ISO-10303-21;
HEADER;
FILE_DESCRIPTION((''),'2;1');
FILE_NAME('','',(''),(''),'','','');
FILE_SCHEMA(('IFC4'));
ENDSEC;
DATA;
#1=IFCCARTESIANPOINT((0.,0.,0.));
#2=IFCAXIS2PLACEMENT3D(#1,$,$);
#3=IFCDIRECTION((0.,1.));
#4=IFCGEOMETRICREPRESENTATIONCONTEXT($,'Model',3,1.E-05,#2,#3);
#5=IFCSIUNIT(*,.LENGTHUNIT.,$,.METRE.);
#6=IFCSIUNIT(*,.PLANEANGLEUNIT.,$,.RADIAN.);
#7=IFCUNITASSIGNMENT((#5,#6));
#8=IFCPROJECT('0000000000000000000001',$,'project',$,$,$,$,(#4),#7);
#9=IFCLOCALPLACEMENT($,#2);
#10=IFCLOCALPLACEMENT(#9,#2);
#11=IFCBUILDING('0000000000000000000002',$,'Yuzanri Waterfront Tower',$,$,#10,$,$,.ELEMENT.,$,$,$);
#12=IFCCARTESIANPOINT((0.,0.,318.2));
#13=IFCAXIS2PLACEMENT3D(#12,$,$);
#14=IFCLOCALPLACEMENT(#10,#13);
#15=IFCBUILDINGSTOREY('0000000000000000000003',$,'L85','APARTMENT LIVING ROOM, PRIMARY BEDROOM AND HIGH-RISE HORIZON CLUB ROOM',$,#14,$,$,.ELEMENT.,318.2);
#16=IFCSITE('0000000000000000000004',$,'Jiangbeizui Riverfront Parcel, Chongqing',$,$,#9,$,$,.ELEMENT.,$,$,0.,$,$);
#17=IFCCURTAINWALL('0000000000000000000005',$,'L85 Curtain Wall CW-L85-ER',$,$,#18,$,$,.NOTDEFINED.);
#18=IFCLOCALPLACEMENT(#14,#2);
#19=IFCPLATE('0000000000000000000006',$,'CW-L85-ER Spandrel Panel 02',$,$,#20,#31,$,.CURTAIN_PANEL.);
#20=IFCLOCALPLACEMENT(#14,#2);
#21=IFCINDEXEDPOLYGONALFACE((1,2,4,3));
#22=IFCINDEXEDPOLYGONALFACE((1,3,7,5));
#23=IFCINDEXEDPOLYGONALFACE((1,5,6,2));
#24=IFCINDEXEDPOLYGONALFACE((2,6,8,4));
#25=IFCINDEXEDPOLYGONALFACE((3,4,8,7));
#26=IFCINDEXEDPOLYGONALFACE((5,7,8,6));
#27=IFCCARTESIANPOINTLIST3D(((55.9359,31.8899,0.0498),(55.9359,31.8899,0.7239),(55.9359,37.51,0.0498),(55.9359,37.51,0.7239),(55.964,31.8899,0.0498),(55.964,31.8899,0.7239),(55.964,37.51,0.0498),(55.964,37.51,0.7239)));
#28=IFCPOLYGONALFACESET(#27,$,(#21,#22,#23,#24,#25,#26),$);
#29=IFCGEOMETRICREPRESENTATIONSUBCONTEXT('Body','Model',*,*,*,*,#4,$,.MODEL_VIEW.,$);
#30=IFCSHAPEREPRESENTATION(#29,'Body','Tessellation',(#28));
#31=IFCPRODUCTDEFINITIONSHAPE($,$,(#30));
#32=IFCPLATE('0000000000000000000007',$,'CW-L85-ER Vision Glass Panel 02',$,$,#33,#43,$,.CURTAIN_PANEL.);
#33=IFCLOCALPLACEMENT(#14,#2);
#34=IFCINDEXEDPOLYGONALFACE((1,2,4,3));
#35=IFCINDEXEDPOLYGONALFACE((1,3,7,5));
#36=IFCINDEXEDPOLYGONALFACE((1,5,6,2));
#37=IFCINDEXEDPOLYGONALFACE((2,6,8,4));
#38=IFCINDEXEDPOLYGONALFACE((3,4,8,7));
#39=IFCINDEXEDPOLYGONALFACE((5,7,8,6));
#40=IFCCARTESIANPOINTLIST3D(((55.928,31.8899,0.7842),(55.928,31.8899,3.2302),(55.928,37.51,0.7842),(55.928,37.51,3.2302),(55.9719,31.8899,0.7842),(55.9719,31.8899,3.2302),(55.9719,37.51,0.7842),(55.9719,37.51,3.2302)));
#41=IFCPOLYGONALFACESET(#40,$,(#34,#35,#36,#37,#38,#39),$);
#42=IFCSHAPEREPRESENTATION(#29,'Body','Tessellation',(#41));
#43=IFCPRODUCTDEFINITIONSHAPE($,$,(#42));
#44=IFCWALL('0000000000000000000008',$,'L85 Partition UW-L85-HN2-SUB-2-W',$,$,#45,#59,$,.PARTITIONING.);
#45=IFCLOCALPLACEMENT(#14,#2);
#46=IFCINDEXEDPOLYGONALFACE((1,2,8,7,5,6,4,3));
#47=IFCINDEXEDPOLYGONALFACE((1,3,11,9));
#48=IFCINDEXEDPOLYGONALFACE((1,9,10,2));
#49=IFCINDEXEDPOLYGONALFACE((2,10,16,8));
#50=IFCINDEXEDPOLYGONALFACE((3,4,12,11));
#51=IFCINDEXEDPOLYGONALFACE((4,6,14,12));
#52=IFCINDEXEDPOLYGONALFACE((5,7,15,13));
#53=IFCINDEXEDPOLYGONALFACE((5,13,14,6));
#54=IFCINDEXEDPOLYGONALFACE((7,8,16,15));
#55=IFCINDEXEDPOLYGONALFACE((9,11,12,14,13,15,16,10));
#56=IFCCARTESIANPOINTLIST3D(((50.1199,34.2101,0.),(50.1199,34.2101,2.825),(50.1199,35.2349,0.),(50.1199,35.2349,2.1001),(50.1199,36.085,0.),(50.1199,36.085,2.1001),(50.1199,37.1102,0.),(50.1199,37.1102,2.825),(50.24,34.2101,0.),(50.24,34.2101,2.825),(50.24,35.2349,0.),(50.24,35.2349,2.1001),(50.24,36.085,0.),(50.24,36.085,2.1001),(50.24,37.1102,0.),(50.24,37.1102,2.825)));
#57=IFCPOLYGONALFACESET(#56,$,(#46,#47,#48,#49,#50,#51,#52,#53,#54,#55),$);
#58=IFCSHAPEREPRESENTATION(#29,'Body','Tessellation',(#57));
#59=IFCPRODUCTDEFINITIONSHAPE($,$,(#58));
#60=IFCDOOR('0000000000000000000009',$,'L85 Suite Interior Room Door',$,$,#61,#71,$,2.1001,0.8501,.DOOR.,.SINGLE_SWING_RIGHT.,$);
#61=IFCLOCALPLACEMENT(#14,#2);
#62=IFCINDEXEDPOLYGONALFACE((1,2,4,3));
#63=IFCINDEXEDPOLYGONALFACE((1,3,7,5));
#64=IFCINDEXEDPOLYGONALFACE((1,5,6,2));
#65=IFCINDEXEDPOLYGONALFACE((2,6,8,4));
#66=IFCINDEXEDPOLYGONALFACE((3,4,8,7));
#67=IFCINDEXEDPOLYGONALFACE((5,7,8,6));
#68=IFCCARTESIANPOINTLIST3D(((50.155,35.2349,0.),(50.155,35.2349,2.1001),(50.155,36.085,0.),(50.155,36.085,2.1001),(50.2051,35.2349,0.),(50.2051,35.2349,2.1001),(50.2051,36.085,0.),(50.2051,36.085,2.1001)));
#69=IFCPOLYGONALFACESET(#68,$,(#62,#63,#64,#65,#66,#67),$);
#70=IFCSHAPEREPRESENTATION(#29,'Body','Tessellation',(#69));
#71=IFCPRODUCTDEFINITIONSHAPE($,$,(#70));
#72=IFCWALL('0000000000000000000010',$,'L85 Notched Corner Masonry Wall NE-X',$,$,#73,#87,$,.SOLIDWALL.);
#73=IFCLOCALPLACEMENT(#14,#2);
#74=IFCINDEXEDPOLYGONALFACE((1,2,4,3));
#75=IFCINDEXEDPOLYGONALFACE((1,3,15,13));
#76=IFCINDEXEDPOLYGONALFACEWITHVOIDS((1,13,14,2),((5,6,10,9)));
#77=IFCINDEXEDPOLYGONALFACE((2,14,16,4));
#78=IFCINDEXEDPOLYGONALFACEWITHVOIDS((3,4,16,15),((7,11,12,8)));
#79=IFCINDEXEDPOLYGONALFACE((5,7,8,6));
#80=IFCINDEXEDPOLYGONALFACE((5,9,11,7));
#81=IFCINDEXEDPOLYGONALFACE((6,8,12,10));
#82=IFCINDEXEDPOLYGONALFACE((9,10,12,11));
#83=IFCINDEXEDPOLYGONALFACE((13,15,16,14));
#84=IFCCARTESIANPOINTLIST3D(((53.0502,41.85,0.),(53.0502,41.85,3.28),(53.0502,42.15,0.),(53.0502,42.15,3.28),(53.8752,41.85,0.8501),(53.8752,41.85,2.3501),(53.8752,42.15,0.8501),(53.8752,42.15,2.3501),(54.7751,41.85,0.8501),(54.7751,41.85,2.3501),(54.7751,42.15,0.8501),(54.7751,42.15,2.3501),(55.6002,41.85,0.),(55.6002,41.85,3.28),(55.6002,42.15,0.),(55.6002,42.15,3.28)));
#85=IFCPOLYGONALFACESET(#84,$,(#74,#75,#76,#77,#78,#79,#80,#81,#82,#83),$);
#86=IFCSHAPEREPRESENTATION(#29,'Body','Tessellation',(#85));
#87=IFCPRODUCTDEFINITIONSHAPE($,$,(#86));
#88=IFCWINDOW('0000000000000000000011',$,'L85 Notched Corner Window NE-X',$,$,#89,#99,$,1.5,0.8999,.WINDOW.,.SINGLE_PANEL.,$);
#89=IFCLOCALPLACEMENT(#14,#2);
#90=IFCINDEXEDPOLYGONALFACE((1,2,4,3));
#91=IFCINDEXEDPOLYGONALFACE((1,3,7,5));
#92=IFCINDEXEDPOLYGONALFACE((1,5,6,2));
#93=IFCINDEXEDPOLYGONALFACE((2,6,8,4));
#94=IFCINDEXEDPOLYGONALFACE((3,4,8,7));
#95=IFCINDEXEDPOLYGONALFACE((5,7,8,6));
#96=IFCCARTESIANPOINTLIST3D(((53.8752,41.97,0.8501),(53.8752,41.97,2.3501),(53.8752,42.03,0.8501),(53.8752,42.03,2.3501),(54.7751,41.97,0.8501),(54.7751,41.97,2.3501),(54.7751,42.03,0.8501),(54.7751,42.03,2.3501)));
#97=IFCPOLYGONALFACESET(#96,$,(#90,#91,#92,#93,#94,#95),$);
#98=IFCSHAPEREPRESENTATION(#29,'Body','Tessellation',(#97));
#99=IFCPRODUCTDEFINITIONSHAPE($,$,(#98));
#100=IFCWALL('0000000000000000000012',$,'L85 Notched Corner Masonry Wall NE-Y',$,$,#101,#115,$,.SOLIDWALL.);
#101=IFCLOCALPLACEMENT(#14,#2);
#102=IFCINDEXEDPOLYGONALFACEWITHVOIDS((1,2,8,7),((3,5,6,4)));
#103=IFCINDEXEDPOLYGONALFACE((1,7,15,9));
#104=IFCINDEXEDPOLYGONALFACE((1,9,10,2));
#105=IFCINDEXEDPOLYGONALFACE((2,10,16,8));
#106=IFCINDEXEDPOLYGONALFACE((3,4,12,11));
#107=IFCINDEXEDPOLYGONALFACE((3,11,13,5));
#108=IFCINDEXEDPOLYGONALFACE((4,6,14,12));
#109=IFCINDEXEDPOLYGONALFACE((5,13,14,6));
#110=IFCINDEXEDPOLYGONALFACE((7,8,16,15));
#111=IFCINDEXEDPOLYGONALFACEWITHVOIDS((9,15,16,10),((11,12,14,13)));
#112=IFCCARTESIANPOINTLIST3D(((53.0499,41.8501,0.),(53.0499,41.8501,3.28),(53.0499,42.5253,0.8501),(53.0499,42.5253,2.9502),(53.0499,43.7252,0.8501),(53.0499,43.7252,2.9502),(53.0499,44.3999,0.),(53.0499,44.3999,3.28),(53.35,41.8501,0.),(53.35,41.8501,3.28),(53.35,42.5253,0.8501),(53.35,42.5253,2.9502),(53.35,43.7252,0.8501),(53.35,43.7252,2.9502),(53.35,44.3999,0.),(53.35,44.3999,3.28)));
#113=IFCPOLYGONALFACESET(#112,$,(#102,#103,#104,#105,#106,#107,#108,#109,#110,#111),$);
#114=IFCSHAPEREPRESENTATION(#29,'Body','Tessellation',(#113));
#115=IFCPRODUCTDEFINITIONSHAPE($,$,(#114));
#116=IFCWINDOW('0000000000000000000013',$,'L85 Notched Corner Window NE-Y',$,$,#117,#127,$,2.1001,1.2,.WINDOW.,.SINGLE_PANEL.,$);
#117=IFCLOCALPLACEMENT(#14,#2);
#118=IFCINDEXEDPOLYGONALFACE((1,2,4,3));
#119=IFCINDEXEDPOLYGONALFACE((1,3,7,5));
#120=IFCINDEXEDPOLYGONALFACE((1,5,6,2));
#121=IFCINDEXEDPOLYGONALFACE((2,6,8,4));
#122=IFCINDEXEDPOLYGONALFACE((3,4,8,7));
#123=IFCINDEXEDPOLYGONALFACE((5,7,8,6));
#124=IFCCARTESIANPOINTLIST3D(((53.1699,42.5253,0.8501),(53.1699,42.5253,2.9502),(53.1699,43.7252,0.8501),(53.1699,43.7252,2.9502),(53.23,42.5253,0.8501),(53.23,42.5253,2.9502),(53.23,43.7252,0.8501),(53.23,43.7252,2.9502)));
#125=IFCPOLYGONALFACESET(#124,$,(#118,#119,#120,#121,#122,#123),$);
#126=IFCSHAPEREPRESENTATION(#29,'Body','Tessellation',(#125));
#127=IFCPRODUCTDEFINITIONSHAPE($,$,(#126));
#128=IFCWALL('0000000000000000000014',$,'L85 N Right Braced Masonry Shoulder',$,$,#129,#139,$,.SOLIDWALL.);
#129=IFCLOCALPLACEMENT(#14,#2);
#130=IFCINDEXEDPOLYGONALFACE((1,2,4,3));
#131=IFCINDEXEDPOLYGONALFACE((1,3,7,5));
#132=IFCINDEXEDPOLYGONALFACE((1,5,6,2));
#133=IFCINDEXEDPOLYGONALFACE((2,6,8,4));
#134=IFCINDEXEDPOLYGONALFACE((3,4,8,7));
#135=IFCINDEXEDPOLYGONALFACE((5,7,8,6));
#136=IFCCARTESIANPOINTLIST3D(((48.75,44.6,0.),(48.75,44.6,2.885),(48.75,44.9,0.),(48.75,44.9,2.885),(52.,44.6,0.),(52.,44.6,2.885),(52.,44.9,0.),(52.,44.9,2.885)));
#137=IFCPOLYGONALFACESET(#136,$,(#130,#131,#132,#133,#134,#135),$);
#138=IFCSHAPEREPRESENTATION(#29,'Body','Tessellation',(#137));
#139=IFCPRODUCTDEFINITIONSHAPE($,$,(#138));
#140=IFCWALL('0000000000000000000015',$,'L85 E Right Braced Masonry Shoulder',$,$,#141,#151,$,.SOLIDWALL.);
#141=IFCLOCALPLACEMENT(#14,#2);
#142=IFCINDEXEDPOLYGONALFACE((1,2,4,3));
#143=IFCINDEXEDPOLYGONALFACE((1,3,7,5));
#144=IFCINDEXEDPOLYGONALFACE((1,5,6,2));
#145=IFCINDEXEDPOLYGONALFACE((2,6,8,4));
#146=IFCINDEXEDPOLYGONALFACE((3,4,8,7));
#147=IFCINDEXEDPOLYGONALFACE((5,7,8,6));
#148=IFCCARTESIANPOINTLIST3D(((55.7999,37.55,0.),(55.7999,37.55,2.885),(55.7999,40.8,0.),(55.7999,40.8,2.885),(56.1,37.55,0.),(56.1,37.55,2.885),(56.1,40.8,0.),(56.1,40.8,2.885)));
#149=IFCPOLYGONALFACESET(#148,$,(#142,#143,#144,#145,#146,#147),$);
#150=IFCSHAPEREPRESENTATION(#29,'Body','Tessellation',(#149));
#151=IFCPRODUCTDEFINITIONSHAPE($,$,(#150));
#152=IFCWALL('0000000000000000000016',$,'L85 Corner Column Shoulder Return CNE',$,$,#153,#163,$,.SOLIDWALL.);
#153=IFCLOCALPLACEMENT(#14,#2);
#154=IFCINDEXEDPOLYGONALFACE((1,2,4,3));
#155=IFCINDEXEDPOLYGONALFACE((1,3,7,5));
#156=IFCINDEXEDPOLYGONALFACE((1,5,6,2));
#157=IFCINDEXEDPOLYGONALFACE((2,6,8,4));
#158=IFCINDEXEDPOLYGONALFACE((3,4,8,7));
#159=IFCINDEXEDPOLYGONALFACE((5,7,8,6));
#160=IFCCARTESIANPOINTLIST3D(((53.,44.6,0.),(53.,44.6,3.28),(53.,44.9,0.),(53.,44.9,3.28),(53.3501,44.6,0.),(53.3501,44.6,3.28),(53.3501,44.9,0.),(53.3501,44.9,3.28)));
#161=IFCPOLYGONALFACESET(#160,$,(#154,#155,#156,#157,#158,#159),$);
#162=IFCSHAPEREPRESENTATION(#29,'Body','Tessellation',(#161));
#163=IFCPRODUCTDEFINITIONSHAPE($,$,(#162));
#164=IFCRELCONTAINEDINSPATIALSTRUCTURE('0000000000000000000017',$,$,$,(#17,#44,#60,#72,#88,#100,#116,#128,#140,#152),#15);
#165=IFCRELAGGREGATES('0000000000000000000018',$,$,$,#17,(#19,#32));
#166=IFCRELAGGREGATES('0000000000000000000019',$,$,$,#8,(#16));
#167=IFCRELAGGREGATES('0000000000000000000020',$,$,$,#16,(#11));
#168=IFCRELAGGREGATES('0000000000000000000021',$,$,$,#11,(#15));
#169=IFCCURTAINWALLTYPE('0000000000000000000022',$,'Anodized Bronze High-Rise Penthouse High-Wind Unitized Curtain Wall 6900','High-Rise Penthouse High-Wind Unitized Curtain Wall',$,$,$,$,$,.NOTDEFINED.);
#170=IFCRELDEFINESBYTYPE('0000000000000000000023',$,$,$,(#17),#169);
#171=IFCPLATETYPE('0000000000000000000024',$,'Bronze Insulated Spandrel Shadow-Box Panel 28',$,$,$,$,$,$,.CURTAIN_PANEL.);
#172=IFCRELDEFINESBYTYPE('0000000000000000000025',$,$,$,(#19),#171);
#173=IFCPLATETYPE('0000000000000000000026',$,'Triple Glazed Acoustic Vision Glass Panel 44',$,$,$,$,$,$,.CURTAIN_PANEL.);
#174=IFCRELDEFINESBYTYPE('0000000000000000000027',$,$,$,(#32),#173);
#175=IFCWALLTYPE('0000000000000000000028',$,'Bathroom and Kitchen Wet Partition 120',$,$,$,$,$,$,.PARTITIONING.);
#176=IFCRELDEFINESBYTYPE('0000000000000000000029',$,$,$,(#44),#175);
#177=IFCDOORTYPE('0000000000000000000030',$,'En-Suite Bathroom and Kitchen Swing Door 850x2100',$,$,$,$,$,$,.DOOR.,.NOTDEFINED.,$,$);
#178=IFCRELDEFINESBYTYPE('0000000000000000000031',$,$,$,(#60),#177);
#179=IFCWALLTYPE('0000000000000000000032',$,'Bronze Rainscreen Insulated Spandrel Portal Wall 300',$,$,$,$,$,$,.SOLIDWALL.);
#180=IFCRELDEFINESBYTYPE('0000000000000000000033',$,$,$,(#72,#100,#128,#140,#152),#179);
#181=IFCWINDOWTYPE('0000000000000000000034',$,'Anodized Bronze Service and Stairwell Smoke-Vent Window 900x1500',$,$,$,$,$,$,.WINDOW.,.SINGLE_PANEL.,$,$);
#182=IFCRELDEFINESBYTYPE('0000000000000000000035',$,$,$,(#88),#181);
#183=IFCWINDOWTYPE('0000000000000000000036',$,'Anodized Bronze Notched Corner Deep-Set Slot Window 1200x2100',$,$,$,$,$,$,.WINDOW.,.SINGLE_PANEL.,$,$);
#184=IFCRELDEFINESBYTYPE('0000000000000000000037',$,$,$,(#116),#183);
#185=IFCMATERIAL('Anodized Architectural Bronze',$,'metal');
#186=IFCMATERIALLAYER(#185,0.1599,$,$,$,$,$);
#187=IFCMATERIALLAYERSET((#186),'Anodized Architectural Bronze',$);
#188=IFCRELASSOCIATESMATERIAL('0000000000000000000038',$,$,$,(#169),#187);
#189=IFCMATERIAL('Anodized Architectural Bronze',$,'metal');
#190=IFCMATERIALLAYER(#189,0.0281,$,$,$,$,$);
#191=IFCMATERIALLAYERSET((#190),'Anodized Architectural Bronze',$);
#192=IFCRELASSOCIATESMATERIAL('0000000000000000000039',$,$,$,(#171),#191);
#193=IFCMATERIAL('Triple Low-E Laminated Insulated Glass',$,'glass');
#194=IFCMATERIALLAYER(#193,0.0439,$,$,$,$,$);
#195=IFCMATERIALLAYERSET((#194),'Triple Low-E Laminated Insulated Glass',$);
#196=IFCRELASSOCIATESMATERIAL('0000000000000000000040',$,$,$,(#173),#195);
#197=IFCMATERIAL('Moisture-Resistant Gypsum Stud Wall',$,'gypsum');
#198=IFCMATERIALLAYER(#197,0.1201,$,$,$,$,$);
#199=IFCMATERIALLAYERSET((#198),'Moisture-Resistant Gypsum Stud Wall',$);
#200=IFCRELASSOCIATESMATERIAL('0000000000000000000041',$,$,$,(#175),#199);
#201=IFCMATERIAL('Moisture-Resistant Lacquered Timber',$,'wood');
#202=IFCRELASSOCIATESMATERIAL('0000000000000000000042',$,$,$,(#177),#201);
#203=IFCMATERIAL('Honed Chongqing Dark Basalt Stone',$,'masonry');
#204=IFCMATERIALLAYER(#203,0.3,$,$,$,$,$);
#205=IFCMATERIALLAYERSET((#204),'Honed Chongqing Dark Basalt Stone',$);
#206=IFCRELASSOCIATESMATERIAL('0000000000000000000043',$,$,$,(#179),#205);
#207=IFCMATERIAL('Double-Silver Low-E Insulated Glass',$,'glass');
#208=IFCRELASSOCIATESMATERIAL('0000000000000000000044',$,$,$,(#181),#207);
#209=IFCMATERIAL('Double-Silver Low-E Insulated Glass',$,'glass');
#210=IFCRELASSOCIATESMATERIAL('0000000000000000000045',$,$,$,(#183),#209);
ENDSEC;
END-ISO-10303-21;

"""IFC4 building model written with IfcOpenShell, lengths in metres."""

from ifc_helpers import new_model, si_unit, direction, frame, frame_2d, origin, origin_2d, place, context, subcontext, project, spatial, rectangle, extrude, source, transform, mapped, material, layer, layer_set, type_object, element, fill, aggregate, save


model = new_model("IFC4")

# Units and contexts
model_context = context("Model", 3, precision=1e-05, world=origin(), true_north=direction((0.0, 1.0)))
body_context = subcontext(model_context, "Body", "Model", "MODEL_VIEW")
ifc_project = project(units=[si_unit("LENGTHUNIT", "METRE"), si_unit("PLANEANGLEUNIT", "RADIAN")], contexts=[model_context])

# Site, building, storey
site_placement = place(None, origin())
site = spatial("IfcSite", under=ifc_project, at=site_placement, Name="Jiangbeizui Riverfront Parcel, Chongqing", CompositionType="ELEMENT", RefElevation=0.0)
building_placement = place(site_placement, origin())
building = spatial("IfcBuilding", under=site, at=building_placement, Name="Yuzanri Waterfront Tower", CompositionType="ELEMENT")
storey_placement = place(building_placement, frame((0.0, 0.0, 318.2)))
storey = spatial("IfcBuildingStorey", under=building, at=storey_placement, Name="L85", Description="APARTMENT LIVING ROOM, PRIMARY BEDROOM AND HIGH-RISE HORIZON CLUB ROOM", CompositionType="ELEMENT", Elevation=318.2)

# Curtain wall
ifc_material_1 = material(Name="Anodized Architectural Bronze", Category="metal")
ifc_layer_1 = layer(ifc_material_1, 0.1599)
ifc_layer_set_1 = layer_set([ifc_layer_1], Name="Anodized Architectural Bronze")
curtain_wall_type = type_object("IfcCurtainWallType", Name="Anodized Bronze High-Rise Penthouse High-Wind Unitized Curtain Wall 6900", Description="High-Rise Penthouse High-Wind Unitized Curtain Wall", PredefinedType="NOTDEFINED", material=ifc_layer_set_1)
curtain_wall_1_placement = place(storey_placement, origin())
curtain_wall_1 = element("IfcCurtainWall", 1, at=curtain_wall_1_placement, inside=storey, type_object=curtain_wall_type, Name="L85 Curtain Wall CW-L85-ER", PredefinedType="NOTDEFINED")

# Plates
ifc_material_2 = material(Name="Anodized Architectural Bronze", Category="metal")
ifc_layer_2 = layer(ifc_material_2, 0.0281)
ifc_layer_set_2 = layer_set([ifc_layer_2], Name="Anodized Architectural Bronze")
plate_type_1 = type_object("IfcPlateType", Name="Bronze Insulated Spandrel Shadow-Box Panel 28", PredefinedType="CURTAIN_PANEL", material=ifc_layer_set_2)
shared_shape_1 = source(origin(), body_context, "Body", "SweptSolid", [
    extrude(rectangle(XDim=5.6201, YDim=0.0281, at=origin_2d()), origin(), (0.0, 0.0, 1.0), 0.6741),
])
plate_1_placement = place(storey_placement, frame((55.95, 34.7, 0.0498), z_axis=(0.0, 0.0, 1.0), x_axis=(0.0, 1.0, 0.0)))
plate_1 = element("IfcPlate", 2, at=plate_1_placement, type_object=plate_type_1, Name="CW-L85-ER Spandrel Panel 02", PredefinedType="CURTAIN_PANEL", context=body_context, shape_type="MappedRepresentation", body=[
    mapped(shared_shape_1, transform((0.0, 0.0, 0.0), scale=1.0)),
])
ifc_material_3 = material(Name="Triple Low-E Laminated Insulated Glass", Category="glass")
ifc_layer_3 = layer(ifc_material_3, 0.0439)
ifc_layer_set_3 = layer_set([ifc_layer_3], Name="Triple Low-E Laminated Insulated Glass")
plate_type_2 = type_object("IfcPlateType", Name="Triple Glazed Acoustic Vision Glass Panel 44", PredefinedType="CURTAIN_PANEL", material=ifc_layer_set_3)
shared_shape_2 = source(origin(), body_context, "Body", "SweptSolid", [
    extrude(rectangle(XDim=5.6201, YDim=0.0439, at=origin_2d()), origin(), (0.0, 0.0, 1.0), 2.446),
])
plate_2_placement = place(storey_placement, frame((55.95, 34.7, 0.7842), z_axis=(0.0, 0.0, 1.0), x_axis=(0.0, 1.0, 0.0)))
plate_2 = element("IfcPlate", 3, at=plate_2_placement, type_object=plate_type_2, Name="CW-L85-ER Vision Glass Panel 02", PredefinedType="CURTAIN_PANEL", context=body_context, shape_type="MappedRepresentation", body=[
    mapped(shared_shape_2, transform((0.0, 0.0, 0.0), scale=1.0)),
])
aggregate(curtain_wall_1, [plate_1, plate_2])

# Wall, opening, door
ifc_material_4 = material(Name="Moisture-Resistant Gypsum Stud Wall", Category="gypsum")
ifc_layer_4 = layer(ifc_material_4, 0.1201)
ifc_layer_set_4 = layer_set([ifc_layer_4], Name="Moisture-Resistant Gypsum Stud Wall")
wall_type_1 = type_object("IfcWallType", Name="Bathroom and Kitchen Wet Partition 120", PredefinedType="PARTITIONING", material=ifc_layer_set_4)
wall_1_placement = place(storey_placement, frame((50.1799, 34.21, 0.0), z_axis=(0.0, 0.0, 1.0), x_axis=(0.0, 1.0, 0.0)))
wall_1 = element("IfcWall", 4, at=wall_1_placement, inside=storey, type_object=wall_type_1, Name="L85 Partition UW-L85-HN2-SUB-2-W", PredefinedType="PARTITIONING", context=body_context, shape_type="SweptSolid", body=[
    extrude(rectangle(XDim=2.9001, YDim=0.1201, at=frame_2d((1.4502, 0.0))), origin(), (0.0, 0.0, 1.0), 2.825),
])
opening_1_placement = place(wall_1_placement, frame((1.0249, 0.0, 0.0)))
opening_1 = element("IfcOpeningElement", 5, at=opening_1_placement, cuts=wall_1, PredefinedType="OPENING", context=body_context, shape_type="SweptSolid", body=[
    extrude(rectangle(XDim=0.8501, YDim=2.1001, at=frame_2d((0.425, 1.05))), frame((0.0, 0.075, 0.0), z_axis=(0.0, -1.0, 0.0), x_axis=(1.0, 0.0, 0.0)), (0.0, 0.0, 1.0), 0.1499),
])
ifc_material_5 = material(Name="Moisture-Resistant Lacquered Timber", Category="wood")
door_type = type_object("IfcDoorType", Name="En-Suite Bathroom and Kitchen Swing Door 850x2100", OperationType="NOTDEFINED", PredefinedType="DOOR", material=ifc_material_5)
shared_shape_3 = source(origin(), body_context, "Body", "SweptSolid", [
    extrude(rectangle(XDim=0.8501, YDim=2.1001, at=frame_2d((0.425, 1.05))), frame((0.0, 0.0249, 0.0), z_axis=(0.0, -1.0, 0.0), x_axis=(1.0, 0.0, 0.0)), (0.0, 0.0, 1.0), 0.05),
])
door_placement = place(opening_1_placement, origin())
door = element("IfcDoor", 6, at=door_placement, inside=storey, type_object=door_type, Name="L85 Suite Interior Room Door", OperationType="SINGLE_SWING_RIGHT", OverallHeight=2.1001, OverallWidth=0.8501, PredefinedType="DOOR", context=body_context, shape_type="MappedRepresentation", body=[
    mapped(shared_shape_3, transform((0.0, 0.0, 0.0), scale=1.0)),
])
fill(opening_1, door)

# Walls, openings, windows
ifc_material_6 = material(Name="Honed Chongqing Dark Basalt Stone", Category="masonry")
ifc_layer_5 = layer(ifc_material_6, 0.3)
ifc_layer_set_5 = layer_set([ifc_layer_5], Name="Honed Chongqing Dark Basalt Stone")
wall_type_2 = type_object("IfcWallType", Name="Bronze Rainscreen Insulated Spandrel Portal Wall 300", PredefinedType="SOLIDWALL", material=ifc_layer_set_5)
wall_2_placement = place(storey_placement, frame((55.6001, 42.0, 0.0), z_axis=(0.0, 0.0, 1.0), x_axis=(-1.0, 0.0, 0.0)))
wall_2 = element("IfcWall", 7, at=wall_2_placement, inside=storey, type_object=wall_type_2, Name="L85 Notched Corner Masonry Wall NE-X", PredefinedType="SOLIDWALL", context=body_context, shape_type="SweptSolid", body=[
    extrude(rectangle(XDim=2.55, YDim=0.3, at=frame_2d((1.2749, 0.0))), origin(), (0.0, 0.0, 1.0), 3.28),
])
opening_2_placement = place(wall_2_placement, frame((0.825, 0.0, 0.8501)))
opening_2 = element("IfcOpeningElement", 8, at=opening_2_placement, cuts=wall_2, PredefinedType="OPENING", context=body_context, shape_type="SweptSolid", body=[
    extrude(rectangle(XDim=0.8999, YDim=1.5, at=frame_2d((0.45, 0.75))), frame((0.0, 0.165, 0.0), z_axis=(0.0, -1.0, 0.0), x_axis=(1.0, 0.0, 0.0)), (0.0, 0.0, 1.0), 0.3298),
])
ifc_material_7 = material(Name="Double-Silver Low-E Insulated Glass", Category="glass")
window_type_1 = type_object("IfcWindowType", Name="Anodized Bronze Service and Stairwell Smoke-Vent Window 900x1500", PartitioningType="SINGLE_PANEL", PredefinedType="WINDOW", material=ifc_material_7)
shared_shape_4 = source(origin(), body_context, "Body", "SweptSolid", [
    extrude(rectangle(XDim=0.8999, YDim=1.5, at=frame_2d((0.45, 0.75))), frame((0.0, 0.03, 0.0), z_axis=(0.0, -1.0, 0.0), x_axis=(1.0, 0.0, 0.0)), (0.0, 0.0, 1.0), 0.0601),
])
window_1_placement = place(opening_2_placement, origin())
window_1 = element("IfcWindow", 9, at=window_1_placement, inside=storey, type_object=window_type_1, Name="L85 Notched Corner Window NE-X", OverallHeight=1.5, OverallWidth=0.8999, PartitioningType="SINGLE_PANEL", PredefinedType="WINDOW", context=body_context, shape_type="MappedRepresentation", body=[
    mapped(shared_shape_4, transform((0.0, 0.0, 0.0), scale=1.0)),
])
fill(opening_2, window_1)
wall_3_placement = place(storey_placement, frame((53.2, 41.8501, 0.0), z_axis=(0.0, 0.0, 1.0), x_axis=(0.0, 1.0, 0.0)))
wall_3 = element("IfcWall", 10, at=wall_3_placement, inside=storey, type_object=wall_type_2, Name="L85 Notched Corner Masonry Wall NE-Y", PredefinedType="SOLIDWALL", context=body_context, shape_type="SweptSolid", body=[
    extrude(rectangle(XDim=2.5498, YDim=0.3, at=frame_2d((1.2749, 0.0))), origin(), (0.0, 0.0, 1.0), 3.28),
])
opening_3_placement = place(wall_3_placement, frame((0.675, 0.0, 0.8501)))
opening_3 = element("IfcOpeningElement", 11, at=opening_3_placement, cuts=wall_3, PredefinedType="OPENING", context=body_context, shape_type="SweptSolid", body=[
    extrude(rectangle(XDim=1.2, YDim=2.1001, at=frame_2d((0.6001, 1.05))), frame((0.0, 0.165, 0.0), z_axis=(0.0, -1.0, 0.0), x_axis=(1.0, 0.0, 0.0)), (0.0, 0.0, 1.0), 0.3298),
])
ifc_material_8 = material(Name="Double-Silver Low-E Insulated Glass", Category="glass")
window_type_2 = type_object("IfcWindowType", Name="Anodized Bronze Notched Corner Deep-Set Slot Window 1200x2100", PartitioningType="SINGLE_PANEL", PredefinedType="WINDOW", material=ifc_material_8)
shared_shape_5 = source(origin(), body_context, "Body", "SweptSolid", [
    extrude(rectangle(XDim=1.2, YDim=2.1001, at=frame_2d((0.6001, 1.05))), frame((0.0, 0.03, 0.0), z_axis=(0.0, -1.0, 0.0), x_axis=(1.0, 0.0, 0.0)), (0.0, 0.0, 1.0), 0.0601),
])
window_2_placement = place(opening_3_placement, origin())
window_2 = element("IfcWindow", 12, at=window_2_placement, inside=storey, type_object=window_type_2, Name="L85 Notched Corner Window NE-Y", OverallHeight=2.1001, OverallWidth=1.2, PartitioningType="SINGLE_PANEL", PredefinedType="WINDOW", context=body_context, shape_type="MappedRepresentation", body=[
    mapped(shared_shape_5, transform((0.0, 0.0, 0.0), scale=1.0)),
])
fill(opening_3, window_2)

# Walls
shared_shape_6 = source(origin(), body_context, "Body", "SweptSolid", [
    extrude(rectangle(XDim=3.25, YDim=0.3, at=frame_2d((1.625, 0.0))), origin(), (0.0, 0.0, 1.0), 2.885),
])
for number, where, z_axis, x_axis, name in (
    (13, (48.75, 44.75, 0.0), (0.0, 0.0, 1.0), (1.0, 0.0, 0.0), "L85 N Right Braced Masonry Shoulder"),
    (14, (55.95, 37.55, 0.0), (0.0, 0.0, 1.0), (0.0, 1.0, 0.0), "L85 E Right Braced Masonry Shoulder"),
):
    element("IfcWall", number, at=place(storey_placement, frame(where, z_axis=z_axis, x_axis=x_axis)), inside=storey, type_object=wall_type_2, Name=name, PredefinedType="SOLIDWALL", context=body_context, shape_type="MappedRepresentation", body=[
        mapped(shared_shape_6, transform((0.0, 0.0, 0.0), scale=1.0)),
    ])
shared_shape_7 = source(origin(), body_context, "Body", "SweptSolid", [
    extrude(rectangle(XDim=0.3501, YDim=0.3, at=frame_2d((0.175, 0.0))), origin(), (0.0, 0.0, 1.0), 3.28),
])
wall_4_placement = place(storey_placement, frame((53.0, 44.75, 0.0), z_axis=(0.0, 0.0, 1.0), x_axis=(1.0, 0.0, 0.0)))
element("IfcWall", 15, at=wall_4_placement, inside=storey, type_object=wall_type_2, Name="L85 Corner Column Shoulder Return CNE", PredefinedType="SOLIDWALL", context=body_context, shape_type="MappedRepresentation", body=[
    mapped(shared_shape_7, transform((0.0, 0.0, 0.0), scale=1.0)),
])

save(model, "model.ifc")
